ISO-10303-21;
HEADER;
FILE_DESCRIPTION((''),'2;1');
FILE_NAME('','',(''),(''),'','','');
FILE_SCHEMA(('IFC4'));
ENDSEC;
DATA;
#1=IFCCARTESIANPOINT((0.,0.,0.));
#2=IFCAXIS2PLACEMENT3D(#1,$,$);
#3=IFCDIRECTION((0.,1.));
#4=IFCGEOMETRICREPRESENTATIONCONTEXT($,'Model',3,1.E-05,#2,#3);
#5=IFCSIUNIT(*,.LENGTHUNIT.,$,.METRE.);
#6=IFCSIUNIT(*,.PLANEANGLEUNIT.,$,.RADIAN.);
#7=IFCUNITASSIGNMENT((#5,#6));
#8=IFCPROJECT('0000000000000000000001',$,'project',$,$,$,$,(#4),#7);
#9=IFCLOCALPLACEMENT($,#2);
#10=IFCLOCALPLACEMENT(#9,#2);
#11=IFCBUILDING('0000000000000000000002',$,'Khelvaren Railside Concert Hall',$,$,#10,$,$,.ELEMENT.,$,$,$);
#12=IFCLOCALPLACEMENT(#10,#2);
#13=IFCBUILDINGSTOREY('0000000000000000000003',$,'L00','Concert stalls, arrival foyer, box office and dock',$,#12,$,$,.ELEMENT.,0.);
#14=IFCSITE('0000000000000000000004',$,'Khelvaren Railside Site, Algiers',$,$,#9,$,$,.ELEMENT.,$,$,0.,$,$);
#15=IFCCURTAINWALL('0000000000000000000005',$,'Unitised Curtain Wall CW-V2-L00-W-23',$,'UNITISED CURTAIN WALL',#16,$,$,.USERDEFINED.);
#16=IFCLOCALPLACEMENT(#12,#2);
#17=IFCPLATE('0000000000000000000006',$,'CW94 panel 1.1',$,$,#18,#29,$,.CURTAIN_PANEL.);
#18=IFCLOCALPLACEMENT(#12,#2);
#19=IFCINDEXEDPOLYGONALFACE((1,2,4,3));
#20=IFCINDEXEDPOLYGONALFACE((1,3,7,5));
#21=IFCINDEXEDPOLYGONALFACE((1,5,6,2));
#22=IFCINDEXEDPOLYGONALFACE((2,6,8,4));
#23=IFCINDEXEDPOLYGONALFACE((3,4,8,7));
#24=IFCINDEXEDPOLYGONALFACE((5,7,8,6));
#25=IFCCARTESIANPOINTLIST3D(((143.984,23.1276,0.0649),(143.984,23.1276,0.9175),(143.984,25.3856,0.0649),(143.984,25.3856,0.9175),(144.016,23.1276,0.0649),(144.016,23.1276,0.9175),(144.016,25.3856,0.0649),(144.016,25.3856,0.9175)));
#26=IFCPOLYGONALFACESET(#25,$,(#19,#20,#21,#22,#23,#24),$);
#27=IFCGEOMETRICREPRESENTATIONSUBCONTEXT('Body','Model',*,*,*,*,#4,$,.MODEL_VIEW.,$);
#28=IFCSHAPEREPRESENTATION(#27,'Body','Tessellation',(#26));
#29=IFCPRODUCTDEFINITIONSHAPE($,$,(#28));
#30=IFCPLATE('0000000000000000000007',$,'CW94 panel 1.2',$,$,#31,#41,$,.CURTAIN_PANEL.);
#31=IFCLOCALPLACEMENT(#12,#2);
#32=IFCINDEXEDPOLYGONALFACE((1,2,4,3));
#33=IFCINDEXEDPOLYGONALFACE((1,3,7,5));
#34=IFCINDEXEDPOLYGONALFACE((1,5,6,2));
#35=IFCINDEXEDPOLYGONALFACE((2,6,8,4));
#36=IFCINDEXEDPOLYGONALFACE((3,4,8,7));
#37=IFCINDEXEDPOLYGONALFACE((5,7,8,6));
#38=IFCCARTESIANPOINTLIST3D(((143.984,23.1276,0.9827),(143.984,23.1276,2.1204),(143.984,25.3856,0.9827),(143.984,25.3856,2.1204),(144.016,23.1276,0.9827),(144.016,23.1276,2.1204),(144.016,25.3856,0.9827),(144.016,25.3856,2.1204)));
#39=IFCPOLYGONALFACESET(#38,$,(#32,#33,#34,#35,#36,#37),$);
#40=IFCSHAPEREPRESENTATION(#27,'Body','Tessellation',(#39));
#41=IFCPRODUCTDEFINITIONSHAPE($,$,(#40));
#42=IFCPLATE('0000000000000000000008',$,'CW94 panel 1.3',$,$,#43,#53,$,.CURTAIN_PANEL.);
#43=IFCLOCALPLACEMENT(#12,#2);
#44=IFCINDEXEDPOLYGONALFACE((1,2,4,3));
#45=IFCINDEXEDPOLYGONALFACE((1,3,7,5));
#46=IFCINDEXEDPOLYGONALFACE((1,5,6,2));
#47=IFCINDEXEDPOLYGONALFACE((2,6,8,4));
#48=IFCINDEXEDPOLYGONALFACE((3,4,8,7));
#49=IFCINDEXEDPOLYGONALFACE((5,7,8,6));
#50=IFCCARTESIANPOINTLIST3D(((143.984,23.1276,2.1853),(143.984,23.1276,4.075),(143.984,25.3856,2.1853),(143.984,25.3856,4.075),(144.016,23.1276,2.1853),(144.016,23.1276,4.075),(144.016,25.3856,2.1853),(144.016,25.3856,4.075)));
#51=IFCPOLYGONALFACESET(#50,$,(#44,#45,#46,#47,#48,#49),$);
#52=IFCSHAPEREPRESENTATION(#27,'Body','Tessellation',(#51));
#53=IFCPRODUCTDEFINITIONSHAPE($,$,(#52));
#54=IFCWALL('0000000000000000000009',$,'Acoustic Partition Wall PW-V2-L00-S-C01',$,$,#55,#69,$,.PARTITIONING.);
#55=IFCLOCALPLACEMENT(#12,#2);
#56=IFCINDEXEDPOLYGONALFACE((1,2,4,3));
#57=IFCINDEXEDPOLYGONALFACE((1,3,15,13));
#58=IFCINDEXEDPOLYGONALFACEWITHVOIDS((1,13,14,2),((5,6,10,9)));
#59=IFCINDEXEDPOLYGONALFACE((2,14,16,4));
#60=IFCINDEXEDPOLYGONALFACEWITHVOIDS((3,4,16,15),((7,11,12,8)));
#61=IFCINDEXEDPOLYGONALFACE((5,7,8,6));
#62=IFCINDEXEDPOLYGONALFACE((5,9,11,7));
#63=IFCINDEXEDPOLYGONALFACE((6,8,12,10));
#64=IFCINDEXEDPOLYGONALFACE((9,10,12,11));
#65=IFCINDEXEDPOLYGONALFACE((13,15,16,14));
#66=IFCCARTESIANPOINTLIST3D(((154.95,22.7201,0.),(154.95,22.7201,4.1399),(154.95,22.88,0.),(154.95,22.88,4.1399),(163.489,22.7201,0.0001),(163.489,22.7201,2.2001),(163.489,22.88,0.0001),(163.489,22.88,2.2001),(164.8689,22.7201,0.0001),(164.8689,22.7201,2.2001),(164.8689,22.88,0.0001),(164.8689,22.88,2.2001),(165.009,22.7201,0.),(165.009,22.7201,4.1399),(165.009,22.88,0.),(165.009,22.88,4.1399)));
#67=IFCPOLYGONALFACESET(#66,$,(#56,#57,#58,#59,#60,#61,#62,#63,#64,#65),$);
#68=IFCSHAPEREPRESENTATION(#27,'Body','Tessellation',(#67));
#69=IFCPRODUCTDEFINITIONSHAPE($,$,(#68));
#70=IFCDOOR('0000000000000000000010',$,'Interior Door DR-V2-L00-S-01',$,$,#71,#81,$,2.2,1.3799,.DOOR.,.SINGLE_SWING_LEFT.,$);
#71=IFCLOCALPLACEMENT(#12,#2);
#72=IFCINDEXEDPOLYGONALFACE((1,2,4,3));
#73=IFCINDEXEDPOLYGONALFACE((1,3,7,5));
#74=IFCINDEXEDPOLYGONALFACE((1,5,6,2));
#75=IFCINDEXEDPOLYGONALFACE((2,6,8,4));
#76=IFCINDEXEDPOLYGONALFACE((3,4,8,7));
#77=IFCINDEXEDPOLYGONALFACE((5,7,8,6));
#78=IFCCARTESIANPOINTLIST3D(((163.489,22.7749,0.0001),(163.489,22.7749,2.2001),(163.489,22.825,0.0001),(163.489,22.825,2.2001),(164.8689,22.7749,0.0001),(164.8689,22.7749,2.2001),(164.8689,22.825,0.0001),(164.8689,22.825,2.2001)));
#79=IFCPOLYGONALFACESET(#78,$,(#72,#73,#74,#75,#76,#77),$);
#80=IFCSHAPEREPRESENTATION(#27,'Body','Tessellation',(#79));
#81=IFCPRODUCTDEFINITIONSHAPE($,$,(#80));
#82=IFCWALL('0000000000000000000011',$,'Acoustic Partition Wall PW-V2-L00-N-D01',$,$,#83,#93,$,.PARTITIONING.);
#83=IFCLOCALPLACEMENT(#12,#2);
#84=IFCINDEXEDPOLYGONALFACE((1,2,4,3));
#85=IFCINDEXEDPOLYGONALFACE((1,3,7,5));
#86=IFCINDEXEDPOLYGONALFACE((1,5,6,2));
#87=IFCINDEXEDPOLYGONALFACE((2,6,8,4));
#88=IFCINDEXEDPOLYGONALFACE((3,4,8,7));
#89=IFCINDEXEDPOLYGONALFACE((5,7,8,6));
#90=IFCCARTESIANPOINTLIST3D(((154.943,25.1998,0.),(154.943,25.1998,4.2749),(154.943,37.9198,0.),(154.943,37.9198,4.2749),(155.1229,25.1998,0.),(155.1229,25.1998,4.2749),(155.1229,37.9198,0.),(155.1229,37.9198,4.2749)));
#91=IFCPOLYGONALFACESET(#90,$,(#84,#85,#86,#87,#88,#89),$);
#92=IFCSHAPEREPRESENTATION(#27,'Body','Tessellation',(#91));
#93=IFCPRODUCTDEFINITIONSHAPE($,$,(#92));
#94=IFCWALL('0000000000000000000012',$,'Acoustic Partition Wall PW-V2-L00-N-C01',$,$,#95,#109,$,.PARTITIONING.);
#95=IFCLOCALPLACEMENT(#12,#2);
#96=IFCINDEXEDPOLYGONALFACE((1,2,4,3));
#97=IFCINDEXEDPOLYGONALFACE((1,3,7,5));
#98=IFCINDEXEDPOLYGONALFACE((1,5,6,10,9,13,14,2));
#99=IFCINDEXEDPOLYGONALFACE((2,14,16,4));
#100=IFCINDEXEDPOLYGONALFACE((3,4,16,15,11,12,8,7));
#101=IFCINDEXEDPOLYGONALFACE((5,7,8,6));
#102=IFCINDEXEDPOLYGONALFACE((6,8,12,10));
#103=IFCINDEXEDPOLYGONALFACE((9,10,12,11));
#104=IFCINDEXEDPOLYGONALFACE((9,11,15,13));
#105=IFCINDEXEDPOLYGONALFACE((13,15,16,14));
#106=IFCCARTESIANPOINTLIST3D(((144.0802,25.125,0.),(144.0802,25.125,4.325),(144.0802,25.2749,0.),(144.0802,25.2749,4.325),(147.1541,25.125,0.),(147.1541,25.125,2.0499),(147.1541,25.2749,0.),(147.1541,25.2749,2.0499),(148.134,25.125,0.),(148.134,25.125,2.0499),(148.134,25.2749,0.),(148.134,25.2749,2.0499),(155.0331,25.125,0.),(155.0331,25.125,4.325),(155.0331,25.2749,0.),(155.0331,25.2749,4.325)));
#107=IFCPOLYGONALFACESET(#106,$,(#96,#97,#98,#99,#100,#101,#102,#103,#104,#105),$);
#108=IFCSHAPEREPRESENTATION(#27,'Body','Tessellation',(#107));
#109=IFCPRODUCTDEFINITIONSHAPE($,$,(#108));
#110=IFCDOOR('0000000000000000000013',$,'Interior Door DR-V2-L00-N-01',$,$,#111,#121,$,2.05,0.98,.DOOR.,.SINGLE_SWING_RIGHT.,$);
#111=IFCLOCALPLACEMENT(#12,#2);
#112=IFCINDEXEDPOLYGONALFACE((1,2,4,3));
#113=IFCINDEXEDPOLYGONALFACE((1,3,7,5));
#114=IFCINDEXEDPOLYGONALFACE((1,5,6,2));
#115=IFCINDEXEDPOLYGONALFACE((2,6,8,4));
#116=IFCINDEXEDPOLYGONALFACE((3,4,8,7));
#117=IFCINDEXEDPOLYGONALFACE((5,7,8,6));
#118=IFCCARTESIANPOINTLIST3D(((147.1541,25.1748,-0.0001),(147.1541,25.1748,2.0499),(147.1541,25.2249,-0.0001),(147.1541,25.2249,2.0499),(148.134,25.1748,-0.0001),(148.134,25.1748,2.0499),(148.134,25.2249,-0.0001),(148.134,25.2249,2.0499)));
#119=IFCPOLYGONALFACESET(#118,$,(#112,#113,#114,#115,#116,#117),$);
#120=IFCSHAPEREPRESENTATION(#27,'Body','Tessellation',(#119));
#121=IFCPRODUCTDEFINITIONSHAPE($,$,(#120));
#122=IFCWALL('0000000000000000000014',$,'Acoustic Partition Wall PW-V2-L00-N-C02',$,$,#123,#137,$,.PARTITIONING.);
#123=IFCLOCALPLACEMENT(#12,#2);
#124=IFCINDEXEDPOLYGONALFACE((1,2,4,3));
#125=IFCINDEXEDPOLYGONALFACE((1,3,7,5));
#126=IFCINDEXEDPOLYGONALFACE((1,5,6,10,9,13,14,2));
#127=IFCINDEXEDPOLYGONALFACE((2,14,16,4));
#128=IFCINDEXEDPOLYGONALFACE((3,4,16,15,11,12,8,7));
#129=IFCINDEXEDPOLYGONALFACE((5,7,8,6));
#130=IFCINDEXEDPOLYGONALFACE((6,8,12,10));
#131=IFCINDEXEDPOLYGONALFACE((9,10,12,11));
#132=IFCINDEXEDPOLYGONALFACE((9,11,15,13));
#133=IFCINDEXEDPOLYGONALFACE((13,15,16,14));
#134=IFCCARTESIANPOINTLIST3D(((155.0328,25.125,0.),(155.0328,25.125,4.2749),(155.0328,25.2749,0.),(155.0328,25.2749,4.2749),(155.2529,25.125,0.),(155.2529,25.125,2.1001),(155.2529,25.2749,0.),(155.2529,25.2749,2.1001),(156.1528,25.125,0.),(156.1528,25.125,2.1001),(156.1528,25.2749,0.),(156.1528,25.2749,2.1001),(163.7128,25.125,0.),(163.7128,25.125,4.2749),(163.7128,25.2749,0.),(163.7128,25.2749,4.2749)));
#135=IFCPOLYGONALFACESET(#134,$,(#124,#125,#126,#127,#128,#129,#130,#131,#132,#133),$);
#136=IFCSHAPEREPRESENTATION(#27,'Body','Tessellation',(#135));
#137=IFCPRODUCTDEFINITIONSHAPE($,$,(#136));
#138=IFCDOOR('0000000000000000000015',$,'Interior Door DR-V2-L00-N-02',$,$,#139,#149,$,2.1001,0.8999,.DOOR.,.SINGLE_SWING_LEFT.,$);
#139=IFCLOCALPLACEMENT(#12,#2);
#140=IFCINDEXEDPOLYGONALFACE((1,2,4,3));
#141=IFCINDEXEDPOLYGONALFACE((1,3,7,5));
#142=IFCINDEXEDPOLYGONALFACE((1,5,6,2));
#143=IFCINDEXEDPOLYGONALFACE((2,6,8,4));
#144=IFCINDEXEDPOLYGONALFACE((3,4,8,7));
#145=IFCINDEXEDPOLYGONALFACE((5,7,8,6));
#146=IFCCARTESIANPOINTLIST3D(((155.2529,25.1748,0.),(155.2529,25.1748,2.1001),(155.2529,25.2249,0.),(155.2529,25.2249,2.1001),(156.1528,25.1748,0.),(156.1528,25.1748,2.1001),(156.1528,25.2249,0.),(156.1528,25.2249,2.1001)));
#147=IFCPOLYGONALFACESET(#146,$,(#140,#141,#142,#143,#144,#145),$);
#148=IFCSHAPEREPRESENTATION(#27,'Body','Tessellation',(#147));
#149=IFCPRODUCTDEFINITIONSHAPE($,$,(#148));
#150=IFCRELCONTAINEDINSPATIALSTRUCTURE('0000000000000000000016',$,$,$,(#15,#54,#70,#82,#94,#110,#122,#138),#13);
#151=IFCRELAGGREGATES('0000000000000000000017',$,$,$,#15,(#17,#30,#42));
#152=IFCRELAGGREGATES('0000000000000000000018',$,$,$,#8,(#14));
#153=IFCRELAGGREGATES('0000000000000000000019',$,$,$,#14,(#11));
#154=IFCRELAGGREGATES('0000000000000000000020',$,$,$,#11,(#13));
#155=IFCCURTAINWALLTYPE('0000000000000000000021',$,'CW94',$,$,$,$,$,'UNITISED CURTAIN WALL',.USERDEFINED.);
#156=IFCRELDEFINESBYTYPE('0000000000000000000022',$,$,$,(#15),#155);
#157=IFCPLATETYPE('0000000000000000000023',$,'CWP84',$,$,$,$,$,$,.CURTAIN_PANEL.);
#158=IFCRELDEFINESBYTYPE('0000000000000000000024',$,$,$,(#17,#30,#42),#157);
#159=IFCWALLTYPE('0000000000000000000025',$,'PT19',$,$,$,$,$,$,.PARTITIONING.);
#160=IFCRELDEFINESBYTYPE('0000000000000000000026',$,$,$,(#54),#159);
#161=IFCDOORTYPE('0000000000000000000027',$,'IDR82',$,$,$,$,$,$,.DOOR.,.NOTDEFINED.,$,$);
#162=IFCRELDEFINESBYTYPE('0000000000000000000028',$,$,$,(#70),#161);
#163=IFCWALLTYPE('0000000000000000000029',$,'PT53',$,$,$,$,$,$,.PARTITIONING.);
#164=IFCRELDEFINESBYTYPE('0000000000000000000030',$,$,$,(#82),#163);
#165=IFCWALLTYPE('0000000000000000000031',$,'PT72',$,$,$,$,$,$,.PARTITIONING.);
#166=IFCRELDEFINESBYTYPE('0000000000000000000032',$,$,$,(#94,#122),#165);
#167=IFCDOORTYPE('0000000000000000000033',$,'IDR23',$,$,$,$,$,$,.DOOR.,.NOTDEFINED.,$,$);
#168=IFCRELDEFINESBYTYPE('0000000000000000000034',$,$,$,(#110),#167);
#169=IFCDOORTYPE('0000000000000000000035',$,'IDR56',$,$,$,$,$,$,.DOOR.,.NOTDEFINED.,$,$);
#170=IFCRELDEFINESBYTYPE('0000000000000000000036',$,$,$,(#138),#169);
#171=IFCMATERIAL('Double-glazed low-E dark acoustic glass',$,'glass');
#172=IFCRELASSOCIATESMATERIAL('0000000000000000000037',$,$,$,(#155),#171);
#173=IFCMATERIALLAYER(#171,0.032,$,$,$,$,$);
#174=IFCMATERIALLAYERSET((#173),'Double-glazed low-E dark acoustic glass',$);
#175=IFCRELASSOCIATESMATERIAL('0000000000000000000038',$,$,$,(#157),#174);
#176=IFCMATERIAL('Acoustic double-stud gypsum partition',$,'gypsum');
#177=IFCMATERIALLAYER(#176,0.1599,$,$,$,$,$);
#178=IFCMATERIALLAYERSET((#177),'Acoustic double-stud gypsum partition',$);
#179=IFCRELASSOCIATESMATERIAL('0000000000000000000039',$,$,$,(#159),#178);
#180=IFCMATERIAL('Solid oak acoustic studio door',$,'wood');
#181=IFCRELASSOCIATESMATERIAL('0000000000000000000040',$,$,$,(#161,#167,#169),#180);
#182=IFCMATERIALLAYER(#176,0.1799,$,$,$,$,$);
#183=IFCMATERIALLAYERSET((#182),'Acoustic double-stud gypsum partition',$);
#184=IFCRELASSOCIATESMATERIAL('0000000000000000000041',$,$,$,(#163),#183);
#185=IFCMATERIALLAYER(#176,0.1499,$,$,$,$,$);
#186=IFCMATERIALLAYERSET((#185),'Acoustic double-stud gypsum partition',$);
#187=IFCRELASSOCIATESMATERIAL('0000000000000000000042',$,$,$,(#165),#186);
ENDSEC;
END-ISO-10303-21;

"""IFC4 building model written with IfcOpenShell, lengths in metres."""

from ifc_helpers import new_model, si_unit, direction, frame, frame_2d, origin, origin_2d, place, context, subcontext, project, spatial, rectangle, extrude, material, layer, layer_set, type_object, element, fill, aggregate, save


model = new_model("IFC4")

# Units and contexts
model_context = context("Model", 3, precision=1e-05, world=origin(), true_north=direction((0.0, 1.0)))
body_context = subcontext(model_context, "Body", "Model", "MODEL_VIEW")
ifc_project = project(units=[si_unit("LENGTHUNIT", "METRE"), si_unit("PLANEANGLEUNIT", "RADIAN")], contexts=[model_context])

# Site, building, storey
site_placement = place(None, origin())
site = spatial("IfcSite", under=ifc_project, at=site_placement, Name="Khelvaren Railside Site, Algiers", CompositionType="ELEMENT", RefElevation=0.0)
building_placement = place(site_placement, origin())
building = spatial("IfcBuilding", under=site, at=building_placement, Name="Khelvaren Railside Concert Hall", CompositionType="ELEMENT")
storey_placement = place(building_placement, origin())
storey = spatial("IfcBuildingStorey", under=building, at=storey_placement, Name="L00", Description="Concert stalls, arrival foyer, box office and dock", CompositionType="ELEMENT", Elevation=0.0)

# Curtain wall
ifc_material_1 = material(Name="Double-glazed low-E dark acoustic glass", Category="glass")
curtain_wall_type = type_object("IfcCurtainWallType", Name="CW94", ElementType="UNITISED CURTAIN WALL", PredefinedType="USERDEFINED", material=ifc_material_1)
curtain_wall_placement = place(storey_placement, origin())
curtain_wall = element("IfcCurtainWall", 1, at=curtain_wall_placement, inside=storey, type_object=curtain_wall_type, Name="Unitised Curtain Wall CW-V2-L00-W-23", ObjectType="UNITISED CURTAIN WALL", PredefinedType="USERDEFINED")

# Plates
ifc_layer_1 = layer(ifc_material_1, 0.032)
ifc_layer_set_1 = layer_set([ifc_layer_1], Name="Double-glazed low-E dark acoustic glass")
plate_type = type_object("IfcPlateType", Name="CWP84", PredefinedType="CURTAIN_PANEL", material=ifc_layer_set_1)
plate_1_placement = place(storey_placement, frame((144.0, 24.2566, 0.0649), z_axis=(0.0, 0.0, 1.0), x_axis=(0.0, 1.0, 0.0)))
plate_1 = element("IfcPlate", 2, at=plate_1_placement, type_object=plate_type, Name="CW94 panel 1.1", PredefinedType="CURTAIN_PANEL", context=body_context, shape_type="SweptSolid", body=[
    extrude(rectangle(XDim=2.2581, YDim=0.032, at=origin_2d()), origin(), (0.0, 0.0, 1.0), 0.8525),
])
plate_2_placement = place(storey_placement, frame((144.0, 24.2566, 0.9827), z_axis=(0.0, 0.0, 1.0), x_axis=(0.0, 1.0, 0.0)))
plate_2 = element("IfcPlate", 3, at=plate_2_placement, type_object=plate_type, Name="CW94 panel 1.2", PredefinedType="CURTAIN_PANEL", context=body_context, shape_type="SweptSolid", body=[
    extrude(rectangle(XDim=2.2581, YDim=0.032, at=origin_2d()), origin(), (0.0, 0.0, 1.0), 1.1377),
])
plate_3_placement = place(storey_placement, frame((144.0, 24.2566, 2.1853), z_axis=(0.0, 0.0, 1.0), x_axis=(0.0, 1.0, 0.0)))
plate_3 = element("IfcPlate", 4, at=plate_3_placement, type_object=plate_type, Name="CW94 panel 1.3", PredefinedType="CURTAIN_PANEL", context=body_context, shape_type="SweptSolid", body=[
    extrude(rectangle(XDim=2.2581, YDim=0.032, at=origin_2d()), origin(), (0.0, 0.0, 1.0), 1.8896),
])
aggregate(curtain_wall, [plate_1, plate_2, plate_3])

# Wall, opening, door
ifc_material_2 = material(Name="Acoustic double-stud gypsum partition", Category="gypsum")
ifc_layer_2 = layer(ifc_material_2, 0.1599)
ifc_layer_set_2 = layer_set([ifc_layer_2], Name="Acoustic double-stud gypsum partition")
wall_type_1 = type_object("IfcWallType", Name="PT19", PredefinedType="PARTITIONING", material=ifc_layer_set_2)
wall_1_placement = place(storey_placement, frame((154.95, 22.8, 0.0), z_axis=(0.0, 0.0, 1.0), x_axis=(1.0, 0.0, 0.0)))
wall_1 = element("IfcWall", 5, at=wall_1_placement, inside=storey, type_object=wall_type_1, Name="Acoustic Partition Wall PW-V2-L00-S-C01", PredefinedType="PARTITIONING", context=body_context, shape_type="SweptSolid", body=[
    extrude(rectangle(XDim=10.0591, YDim=0.1599, at=frame_2d((5.0295, 0.0))), origin(), (0.0, 0.0, 1.0), 4.1399),
])
opening_1_placement = place(wall_1_placement, frame((8.5391, 0.0, 0.0)))
opening_1 = element("IfcOpeningElement", 6, at=opening_1_placement, cuts=wall_1, PredefinedType="OPENING", context=body_context, shape_type="SweptSolid", body=[
    extrude(rectangle(XDim=1.3799, YDim=2.2, at=frame_2d((0.6899, 1.1001))), frame((0.0, 0.0898, 0.0), z_axis=(0.0, -1.0, 0.0), x_axis=(1.0, 0.0, 0.0)), (0.0, 0.0, 1.0), 0.1799),
])
ifc_material_3 = material(Name="Solid oak acoustic studio door", Category="wood")
door_type_1 = type_object("IfcDoorType", Name="IDR82", OperationType="NOTDEFINED", PredefinedType="DOOR", material=ifc_material_3)
door_1_placement = place(opening_1_placement, origin())
door_1 = element("IfcDoor", 7, at=door_1_placement, inside=storey, type_object=door_type_1, Name="Interior Door DR-V2-L00-S-01", OperationType="SINGLE_SWING_LEFT", OverallHeight=2.2, OverallWidth=1.3799, PredefinedType="DOOR", context=body_context, shape_type="SweptSolid", body=[
    extrude(rectangle(XDim=1.3799, YDim=2.2, at=frame_2d((0.6899, 1.1001))), frame((0.0, 0.0249, 0.0), z_axis=(0.0, -1.0, 0.0), x_axis=(1.0, 0.0, 0.0)), (0.0, 0.0, 1.0), 0.05),
])
fill(opening_1, door_1)

# Wall
ifc_layer_3 = layer(ifc_material_2, 0.1799)
ifc_layer_set_3 = layer_set([ifc_layer_3], Name="Acoustic double-stud gypsum partition")
wall_type_2 = type_object("IfcWallType", Name="PT53", PredefinedType="PARTITIONING", material=ifc_layer_set_3)
wall_2_placement = place(storey_placement, frame((155.033, 25.2, 0.0), z_axis=(0.0, 0.0, 1.0), x_axis=(0.0, 1.0, 0.0)))
element("IfcWall", 8, at=wall_2_placement, inside=storey, type_object=wall_type_2, Name="Acoustic Partition Wall PW-V2-L00-N-D01", PredefinedType="PARTITIONING", context=body_context, shape_type="SweptSolid", body=[
    extrude(rectangle(XDim=12.72, YDim=0.1799, at=frame_2d((6.3599, 0.0))), origin(), (0.0, 0.0, 1.0), 4.2749),
])

# Walls, openings, doors
ifc_layer_4 = layer(ifc_material_2, 0.1499)
ifc_layer_set_4 = layer_set([ifc_layer_4], Name="Acoustic double-stud gypsum partition")
wall_type_3 = type_object("IfcWallType", Name="PT72", PredefinedType="PARTITIONING", material=ifc_layer_set_4)
wall_3_placement = place(storey_placement, frame((144.0801, 25.2, 0.0), z_axis=(0.0, 0.0, 1.0), x_axis=(1.0, 0.0, 0.0)))
wall_3 = element("IfcWall", 9, at=wall_3_placement, inside=storey, type_object=wall_type_3, Name="Acoustic Partition Wall PW-V2-L00-N-C01", PredefinedType="PARTITIONING", context=body_context, shape_type="SweptSolid", body=[
    extrude(rectangle(XDim=10.9529, YDim=0.1499, at=frame_2d((5.4766, 0.0))), origin(), (0.0, 0.0, 1.0), 4.325),
])
opening_2_placement = place(wall_3_placement, frame((3.074, 0.0, 0.0)))
opening_2 = element("IfcOpeningElement", 10, at=opening_2_placement, cuts=wall_3, PredefinedType="OPENING", context=body_context, shape_type="SweptSolid", body=[
    extrude(rectangle(XDim=0.98, YDim=2.05, at=frame_2d((0.49, 1.0249))), frame((0.0, 0.085, 0.0), z_axis=(0.0, -1.0, 0.0), x_axis=(1.0, 0.0, 0.0)), (0.0, 0.0, 1.0), 0.1699),
])
door_type_2 = type_object("IfcDoorType", Name="IDR23", OperationType="NOTDEFINED", PredefinedType="DOOR", material=ifc_material_3)
door_2_placement = place(opening_2_placement, origin())
door_2 = element("IfcDoor", 11, at=door_2_placement, inside=storey, type_object=door_type_2, Name="Interior Door DR-V2-L00-N-01", OperationType="SINGLE_SWING_RIGHT", OverallHeight=2.05, OverallWidth=0.98, PredefinedType="DOOR", context=body_context, shape_type="SweptSolid", body=[
    extrude(rectangle(XDim=0.98, YDim=2.05, at=frame_2d((0.49, 1.0249))), frame((0.0, 0.0249, 0.0), z_axis=(0.0, -1.0, 0.0), x_axis=(1.0, 0.0, 0.0)), (0.0, 0.0, 1.0), 0.05),
])
fill(opening_2, door_2)
wall_4_placement = place(storey_placement, frame((155.033, 25.2, 0.0), z_axis=(0.0, 0.0, 1.0), x_axis=(1.0, 0.0, 0.0)))
wall_4 = element("IfcWall", 12, at=wall_4_placement, inside=storey, type_object=wall_type_3, Name="Acoustic Partition Wall PW-V2-L00-N-C02", PredefinedType="PARTITIONING", context=body_context, shape_type="SweptSolid", body=[
    extrude(rectangle(XDim=8.6799, YDim=0.1499, at=frame_2d((4.3398, 0.0))), origin(), (0.0, 0.0, 1.0), 4.2749),
])
opening_3_placement = place(wall_4_placement, frame((0.22, 0.0, 0.0)))
opening_3 = element("IfcOpeningElement", 13, at=opening_3_placement, cuts=wall_4, PredefinedType="OPENING", context=body_context, shape_type="SweptSolid", body=[
    extrude(rectangle(XDim=0.8999, YDim=2.1001, at=frame_2d((0.45, 1.05))), frame((0.0, 0.085, 0.0), z_axis=(0.0, -1.0, 0.0), x_axis=(1.0, 0.0, 0.0)), (0.0, 0.0, 1.0), 0.1699),
])
door_type_3 = type_object("IfcDoorType", Name="IDR56", OperationType="NOTDEFINED", PredefinedType="DOOR", material=ifc_material_3)
door_3_placement = place(opening_3_placement, origin())
door_3 = element("IfcDoor", 14, at=door_3_placement, inside=storey, type_object=door_type_3, Name="Interior Door DR-V2-L00-N-02", OperationType="SINGLE_SWING_LEFT", OverallHeight=2.1001, OverallWidth=0.8999, PredefinedType="DOOR", context=body_context, shape_type="SweptSolid", body=[
    extrude(rectangle(XDim=0.8999, YDim=2.1001, at=frame_2d((0.45, 1.05))), frame((0.0, 0.0249, 0.0), z_axis=(0.0, -1.0, 0.0), x_axis=(1.0, 0.0, 0.0)), (0.0, 0.0, 1.0), 0.05),
])
fill(opening_3, door_3)

save(model, "model.ifc")
